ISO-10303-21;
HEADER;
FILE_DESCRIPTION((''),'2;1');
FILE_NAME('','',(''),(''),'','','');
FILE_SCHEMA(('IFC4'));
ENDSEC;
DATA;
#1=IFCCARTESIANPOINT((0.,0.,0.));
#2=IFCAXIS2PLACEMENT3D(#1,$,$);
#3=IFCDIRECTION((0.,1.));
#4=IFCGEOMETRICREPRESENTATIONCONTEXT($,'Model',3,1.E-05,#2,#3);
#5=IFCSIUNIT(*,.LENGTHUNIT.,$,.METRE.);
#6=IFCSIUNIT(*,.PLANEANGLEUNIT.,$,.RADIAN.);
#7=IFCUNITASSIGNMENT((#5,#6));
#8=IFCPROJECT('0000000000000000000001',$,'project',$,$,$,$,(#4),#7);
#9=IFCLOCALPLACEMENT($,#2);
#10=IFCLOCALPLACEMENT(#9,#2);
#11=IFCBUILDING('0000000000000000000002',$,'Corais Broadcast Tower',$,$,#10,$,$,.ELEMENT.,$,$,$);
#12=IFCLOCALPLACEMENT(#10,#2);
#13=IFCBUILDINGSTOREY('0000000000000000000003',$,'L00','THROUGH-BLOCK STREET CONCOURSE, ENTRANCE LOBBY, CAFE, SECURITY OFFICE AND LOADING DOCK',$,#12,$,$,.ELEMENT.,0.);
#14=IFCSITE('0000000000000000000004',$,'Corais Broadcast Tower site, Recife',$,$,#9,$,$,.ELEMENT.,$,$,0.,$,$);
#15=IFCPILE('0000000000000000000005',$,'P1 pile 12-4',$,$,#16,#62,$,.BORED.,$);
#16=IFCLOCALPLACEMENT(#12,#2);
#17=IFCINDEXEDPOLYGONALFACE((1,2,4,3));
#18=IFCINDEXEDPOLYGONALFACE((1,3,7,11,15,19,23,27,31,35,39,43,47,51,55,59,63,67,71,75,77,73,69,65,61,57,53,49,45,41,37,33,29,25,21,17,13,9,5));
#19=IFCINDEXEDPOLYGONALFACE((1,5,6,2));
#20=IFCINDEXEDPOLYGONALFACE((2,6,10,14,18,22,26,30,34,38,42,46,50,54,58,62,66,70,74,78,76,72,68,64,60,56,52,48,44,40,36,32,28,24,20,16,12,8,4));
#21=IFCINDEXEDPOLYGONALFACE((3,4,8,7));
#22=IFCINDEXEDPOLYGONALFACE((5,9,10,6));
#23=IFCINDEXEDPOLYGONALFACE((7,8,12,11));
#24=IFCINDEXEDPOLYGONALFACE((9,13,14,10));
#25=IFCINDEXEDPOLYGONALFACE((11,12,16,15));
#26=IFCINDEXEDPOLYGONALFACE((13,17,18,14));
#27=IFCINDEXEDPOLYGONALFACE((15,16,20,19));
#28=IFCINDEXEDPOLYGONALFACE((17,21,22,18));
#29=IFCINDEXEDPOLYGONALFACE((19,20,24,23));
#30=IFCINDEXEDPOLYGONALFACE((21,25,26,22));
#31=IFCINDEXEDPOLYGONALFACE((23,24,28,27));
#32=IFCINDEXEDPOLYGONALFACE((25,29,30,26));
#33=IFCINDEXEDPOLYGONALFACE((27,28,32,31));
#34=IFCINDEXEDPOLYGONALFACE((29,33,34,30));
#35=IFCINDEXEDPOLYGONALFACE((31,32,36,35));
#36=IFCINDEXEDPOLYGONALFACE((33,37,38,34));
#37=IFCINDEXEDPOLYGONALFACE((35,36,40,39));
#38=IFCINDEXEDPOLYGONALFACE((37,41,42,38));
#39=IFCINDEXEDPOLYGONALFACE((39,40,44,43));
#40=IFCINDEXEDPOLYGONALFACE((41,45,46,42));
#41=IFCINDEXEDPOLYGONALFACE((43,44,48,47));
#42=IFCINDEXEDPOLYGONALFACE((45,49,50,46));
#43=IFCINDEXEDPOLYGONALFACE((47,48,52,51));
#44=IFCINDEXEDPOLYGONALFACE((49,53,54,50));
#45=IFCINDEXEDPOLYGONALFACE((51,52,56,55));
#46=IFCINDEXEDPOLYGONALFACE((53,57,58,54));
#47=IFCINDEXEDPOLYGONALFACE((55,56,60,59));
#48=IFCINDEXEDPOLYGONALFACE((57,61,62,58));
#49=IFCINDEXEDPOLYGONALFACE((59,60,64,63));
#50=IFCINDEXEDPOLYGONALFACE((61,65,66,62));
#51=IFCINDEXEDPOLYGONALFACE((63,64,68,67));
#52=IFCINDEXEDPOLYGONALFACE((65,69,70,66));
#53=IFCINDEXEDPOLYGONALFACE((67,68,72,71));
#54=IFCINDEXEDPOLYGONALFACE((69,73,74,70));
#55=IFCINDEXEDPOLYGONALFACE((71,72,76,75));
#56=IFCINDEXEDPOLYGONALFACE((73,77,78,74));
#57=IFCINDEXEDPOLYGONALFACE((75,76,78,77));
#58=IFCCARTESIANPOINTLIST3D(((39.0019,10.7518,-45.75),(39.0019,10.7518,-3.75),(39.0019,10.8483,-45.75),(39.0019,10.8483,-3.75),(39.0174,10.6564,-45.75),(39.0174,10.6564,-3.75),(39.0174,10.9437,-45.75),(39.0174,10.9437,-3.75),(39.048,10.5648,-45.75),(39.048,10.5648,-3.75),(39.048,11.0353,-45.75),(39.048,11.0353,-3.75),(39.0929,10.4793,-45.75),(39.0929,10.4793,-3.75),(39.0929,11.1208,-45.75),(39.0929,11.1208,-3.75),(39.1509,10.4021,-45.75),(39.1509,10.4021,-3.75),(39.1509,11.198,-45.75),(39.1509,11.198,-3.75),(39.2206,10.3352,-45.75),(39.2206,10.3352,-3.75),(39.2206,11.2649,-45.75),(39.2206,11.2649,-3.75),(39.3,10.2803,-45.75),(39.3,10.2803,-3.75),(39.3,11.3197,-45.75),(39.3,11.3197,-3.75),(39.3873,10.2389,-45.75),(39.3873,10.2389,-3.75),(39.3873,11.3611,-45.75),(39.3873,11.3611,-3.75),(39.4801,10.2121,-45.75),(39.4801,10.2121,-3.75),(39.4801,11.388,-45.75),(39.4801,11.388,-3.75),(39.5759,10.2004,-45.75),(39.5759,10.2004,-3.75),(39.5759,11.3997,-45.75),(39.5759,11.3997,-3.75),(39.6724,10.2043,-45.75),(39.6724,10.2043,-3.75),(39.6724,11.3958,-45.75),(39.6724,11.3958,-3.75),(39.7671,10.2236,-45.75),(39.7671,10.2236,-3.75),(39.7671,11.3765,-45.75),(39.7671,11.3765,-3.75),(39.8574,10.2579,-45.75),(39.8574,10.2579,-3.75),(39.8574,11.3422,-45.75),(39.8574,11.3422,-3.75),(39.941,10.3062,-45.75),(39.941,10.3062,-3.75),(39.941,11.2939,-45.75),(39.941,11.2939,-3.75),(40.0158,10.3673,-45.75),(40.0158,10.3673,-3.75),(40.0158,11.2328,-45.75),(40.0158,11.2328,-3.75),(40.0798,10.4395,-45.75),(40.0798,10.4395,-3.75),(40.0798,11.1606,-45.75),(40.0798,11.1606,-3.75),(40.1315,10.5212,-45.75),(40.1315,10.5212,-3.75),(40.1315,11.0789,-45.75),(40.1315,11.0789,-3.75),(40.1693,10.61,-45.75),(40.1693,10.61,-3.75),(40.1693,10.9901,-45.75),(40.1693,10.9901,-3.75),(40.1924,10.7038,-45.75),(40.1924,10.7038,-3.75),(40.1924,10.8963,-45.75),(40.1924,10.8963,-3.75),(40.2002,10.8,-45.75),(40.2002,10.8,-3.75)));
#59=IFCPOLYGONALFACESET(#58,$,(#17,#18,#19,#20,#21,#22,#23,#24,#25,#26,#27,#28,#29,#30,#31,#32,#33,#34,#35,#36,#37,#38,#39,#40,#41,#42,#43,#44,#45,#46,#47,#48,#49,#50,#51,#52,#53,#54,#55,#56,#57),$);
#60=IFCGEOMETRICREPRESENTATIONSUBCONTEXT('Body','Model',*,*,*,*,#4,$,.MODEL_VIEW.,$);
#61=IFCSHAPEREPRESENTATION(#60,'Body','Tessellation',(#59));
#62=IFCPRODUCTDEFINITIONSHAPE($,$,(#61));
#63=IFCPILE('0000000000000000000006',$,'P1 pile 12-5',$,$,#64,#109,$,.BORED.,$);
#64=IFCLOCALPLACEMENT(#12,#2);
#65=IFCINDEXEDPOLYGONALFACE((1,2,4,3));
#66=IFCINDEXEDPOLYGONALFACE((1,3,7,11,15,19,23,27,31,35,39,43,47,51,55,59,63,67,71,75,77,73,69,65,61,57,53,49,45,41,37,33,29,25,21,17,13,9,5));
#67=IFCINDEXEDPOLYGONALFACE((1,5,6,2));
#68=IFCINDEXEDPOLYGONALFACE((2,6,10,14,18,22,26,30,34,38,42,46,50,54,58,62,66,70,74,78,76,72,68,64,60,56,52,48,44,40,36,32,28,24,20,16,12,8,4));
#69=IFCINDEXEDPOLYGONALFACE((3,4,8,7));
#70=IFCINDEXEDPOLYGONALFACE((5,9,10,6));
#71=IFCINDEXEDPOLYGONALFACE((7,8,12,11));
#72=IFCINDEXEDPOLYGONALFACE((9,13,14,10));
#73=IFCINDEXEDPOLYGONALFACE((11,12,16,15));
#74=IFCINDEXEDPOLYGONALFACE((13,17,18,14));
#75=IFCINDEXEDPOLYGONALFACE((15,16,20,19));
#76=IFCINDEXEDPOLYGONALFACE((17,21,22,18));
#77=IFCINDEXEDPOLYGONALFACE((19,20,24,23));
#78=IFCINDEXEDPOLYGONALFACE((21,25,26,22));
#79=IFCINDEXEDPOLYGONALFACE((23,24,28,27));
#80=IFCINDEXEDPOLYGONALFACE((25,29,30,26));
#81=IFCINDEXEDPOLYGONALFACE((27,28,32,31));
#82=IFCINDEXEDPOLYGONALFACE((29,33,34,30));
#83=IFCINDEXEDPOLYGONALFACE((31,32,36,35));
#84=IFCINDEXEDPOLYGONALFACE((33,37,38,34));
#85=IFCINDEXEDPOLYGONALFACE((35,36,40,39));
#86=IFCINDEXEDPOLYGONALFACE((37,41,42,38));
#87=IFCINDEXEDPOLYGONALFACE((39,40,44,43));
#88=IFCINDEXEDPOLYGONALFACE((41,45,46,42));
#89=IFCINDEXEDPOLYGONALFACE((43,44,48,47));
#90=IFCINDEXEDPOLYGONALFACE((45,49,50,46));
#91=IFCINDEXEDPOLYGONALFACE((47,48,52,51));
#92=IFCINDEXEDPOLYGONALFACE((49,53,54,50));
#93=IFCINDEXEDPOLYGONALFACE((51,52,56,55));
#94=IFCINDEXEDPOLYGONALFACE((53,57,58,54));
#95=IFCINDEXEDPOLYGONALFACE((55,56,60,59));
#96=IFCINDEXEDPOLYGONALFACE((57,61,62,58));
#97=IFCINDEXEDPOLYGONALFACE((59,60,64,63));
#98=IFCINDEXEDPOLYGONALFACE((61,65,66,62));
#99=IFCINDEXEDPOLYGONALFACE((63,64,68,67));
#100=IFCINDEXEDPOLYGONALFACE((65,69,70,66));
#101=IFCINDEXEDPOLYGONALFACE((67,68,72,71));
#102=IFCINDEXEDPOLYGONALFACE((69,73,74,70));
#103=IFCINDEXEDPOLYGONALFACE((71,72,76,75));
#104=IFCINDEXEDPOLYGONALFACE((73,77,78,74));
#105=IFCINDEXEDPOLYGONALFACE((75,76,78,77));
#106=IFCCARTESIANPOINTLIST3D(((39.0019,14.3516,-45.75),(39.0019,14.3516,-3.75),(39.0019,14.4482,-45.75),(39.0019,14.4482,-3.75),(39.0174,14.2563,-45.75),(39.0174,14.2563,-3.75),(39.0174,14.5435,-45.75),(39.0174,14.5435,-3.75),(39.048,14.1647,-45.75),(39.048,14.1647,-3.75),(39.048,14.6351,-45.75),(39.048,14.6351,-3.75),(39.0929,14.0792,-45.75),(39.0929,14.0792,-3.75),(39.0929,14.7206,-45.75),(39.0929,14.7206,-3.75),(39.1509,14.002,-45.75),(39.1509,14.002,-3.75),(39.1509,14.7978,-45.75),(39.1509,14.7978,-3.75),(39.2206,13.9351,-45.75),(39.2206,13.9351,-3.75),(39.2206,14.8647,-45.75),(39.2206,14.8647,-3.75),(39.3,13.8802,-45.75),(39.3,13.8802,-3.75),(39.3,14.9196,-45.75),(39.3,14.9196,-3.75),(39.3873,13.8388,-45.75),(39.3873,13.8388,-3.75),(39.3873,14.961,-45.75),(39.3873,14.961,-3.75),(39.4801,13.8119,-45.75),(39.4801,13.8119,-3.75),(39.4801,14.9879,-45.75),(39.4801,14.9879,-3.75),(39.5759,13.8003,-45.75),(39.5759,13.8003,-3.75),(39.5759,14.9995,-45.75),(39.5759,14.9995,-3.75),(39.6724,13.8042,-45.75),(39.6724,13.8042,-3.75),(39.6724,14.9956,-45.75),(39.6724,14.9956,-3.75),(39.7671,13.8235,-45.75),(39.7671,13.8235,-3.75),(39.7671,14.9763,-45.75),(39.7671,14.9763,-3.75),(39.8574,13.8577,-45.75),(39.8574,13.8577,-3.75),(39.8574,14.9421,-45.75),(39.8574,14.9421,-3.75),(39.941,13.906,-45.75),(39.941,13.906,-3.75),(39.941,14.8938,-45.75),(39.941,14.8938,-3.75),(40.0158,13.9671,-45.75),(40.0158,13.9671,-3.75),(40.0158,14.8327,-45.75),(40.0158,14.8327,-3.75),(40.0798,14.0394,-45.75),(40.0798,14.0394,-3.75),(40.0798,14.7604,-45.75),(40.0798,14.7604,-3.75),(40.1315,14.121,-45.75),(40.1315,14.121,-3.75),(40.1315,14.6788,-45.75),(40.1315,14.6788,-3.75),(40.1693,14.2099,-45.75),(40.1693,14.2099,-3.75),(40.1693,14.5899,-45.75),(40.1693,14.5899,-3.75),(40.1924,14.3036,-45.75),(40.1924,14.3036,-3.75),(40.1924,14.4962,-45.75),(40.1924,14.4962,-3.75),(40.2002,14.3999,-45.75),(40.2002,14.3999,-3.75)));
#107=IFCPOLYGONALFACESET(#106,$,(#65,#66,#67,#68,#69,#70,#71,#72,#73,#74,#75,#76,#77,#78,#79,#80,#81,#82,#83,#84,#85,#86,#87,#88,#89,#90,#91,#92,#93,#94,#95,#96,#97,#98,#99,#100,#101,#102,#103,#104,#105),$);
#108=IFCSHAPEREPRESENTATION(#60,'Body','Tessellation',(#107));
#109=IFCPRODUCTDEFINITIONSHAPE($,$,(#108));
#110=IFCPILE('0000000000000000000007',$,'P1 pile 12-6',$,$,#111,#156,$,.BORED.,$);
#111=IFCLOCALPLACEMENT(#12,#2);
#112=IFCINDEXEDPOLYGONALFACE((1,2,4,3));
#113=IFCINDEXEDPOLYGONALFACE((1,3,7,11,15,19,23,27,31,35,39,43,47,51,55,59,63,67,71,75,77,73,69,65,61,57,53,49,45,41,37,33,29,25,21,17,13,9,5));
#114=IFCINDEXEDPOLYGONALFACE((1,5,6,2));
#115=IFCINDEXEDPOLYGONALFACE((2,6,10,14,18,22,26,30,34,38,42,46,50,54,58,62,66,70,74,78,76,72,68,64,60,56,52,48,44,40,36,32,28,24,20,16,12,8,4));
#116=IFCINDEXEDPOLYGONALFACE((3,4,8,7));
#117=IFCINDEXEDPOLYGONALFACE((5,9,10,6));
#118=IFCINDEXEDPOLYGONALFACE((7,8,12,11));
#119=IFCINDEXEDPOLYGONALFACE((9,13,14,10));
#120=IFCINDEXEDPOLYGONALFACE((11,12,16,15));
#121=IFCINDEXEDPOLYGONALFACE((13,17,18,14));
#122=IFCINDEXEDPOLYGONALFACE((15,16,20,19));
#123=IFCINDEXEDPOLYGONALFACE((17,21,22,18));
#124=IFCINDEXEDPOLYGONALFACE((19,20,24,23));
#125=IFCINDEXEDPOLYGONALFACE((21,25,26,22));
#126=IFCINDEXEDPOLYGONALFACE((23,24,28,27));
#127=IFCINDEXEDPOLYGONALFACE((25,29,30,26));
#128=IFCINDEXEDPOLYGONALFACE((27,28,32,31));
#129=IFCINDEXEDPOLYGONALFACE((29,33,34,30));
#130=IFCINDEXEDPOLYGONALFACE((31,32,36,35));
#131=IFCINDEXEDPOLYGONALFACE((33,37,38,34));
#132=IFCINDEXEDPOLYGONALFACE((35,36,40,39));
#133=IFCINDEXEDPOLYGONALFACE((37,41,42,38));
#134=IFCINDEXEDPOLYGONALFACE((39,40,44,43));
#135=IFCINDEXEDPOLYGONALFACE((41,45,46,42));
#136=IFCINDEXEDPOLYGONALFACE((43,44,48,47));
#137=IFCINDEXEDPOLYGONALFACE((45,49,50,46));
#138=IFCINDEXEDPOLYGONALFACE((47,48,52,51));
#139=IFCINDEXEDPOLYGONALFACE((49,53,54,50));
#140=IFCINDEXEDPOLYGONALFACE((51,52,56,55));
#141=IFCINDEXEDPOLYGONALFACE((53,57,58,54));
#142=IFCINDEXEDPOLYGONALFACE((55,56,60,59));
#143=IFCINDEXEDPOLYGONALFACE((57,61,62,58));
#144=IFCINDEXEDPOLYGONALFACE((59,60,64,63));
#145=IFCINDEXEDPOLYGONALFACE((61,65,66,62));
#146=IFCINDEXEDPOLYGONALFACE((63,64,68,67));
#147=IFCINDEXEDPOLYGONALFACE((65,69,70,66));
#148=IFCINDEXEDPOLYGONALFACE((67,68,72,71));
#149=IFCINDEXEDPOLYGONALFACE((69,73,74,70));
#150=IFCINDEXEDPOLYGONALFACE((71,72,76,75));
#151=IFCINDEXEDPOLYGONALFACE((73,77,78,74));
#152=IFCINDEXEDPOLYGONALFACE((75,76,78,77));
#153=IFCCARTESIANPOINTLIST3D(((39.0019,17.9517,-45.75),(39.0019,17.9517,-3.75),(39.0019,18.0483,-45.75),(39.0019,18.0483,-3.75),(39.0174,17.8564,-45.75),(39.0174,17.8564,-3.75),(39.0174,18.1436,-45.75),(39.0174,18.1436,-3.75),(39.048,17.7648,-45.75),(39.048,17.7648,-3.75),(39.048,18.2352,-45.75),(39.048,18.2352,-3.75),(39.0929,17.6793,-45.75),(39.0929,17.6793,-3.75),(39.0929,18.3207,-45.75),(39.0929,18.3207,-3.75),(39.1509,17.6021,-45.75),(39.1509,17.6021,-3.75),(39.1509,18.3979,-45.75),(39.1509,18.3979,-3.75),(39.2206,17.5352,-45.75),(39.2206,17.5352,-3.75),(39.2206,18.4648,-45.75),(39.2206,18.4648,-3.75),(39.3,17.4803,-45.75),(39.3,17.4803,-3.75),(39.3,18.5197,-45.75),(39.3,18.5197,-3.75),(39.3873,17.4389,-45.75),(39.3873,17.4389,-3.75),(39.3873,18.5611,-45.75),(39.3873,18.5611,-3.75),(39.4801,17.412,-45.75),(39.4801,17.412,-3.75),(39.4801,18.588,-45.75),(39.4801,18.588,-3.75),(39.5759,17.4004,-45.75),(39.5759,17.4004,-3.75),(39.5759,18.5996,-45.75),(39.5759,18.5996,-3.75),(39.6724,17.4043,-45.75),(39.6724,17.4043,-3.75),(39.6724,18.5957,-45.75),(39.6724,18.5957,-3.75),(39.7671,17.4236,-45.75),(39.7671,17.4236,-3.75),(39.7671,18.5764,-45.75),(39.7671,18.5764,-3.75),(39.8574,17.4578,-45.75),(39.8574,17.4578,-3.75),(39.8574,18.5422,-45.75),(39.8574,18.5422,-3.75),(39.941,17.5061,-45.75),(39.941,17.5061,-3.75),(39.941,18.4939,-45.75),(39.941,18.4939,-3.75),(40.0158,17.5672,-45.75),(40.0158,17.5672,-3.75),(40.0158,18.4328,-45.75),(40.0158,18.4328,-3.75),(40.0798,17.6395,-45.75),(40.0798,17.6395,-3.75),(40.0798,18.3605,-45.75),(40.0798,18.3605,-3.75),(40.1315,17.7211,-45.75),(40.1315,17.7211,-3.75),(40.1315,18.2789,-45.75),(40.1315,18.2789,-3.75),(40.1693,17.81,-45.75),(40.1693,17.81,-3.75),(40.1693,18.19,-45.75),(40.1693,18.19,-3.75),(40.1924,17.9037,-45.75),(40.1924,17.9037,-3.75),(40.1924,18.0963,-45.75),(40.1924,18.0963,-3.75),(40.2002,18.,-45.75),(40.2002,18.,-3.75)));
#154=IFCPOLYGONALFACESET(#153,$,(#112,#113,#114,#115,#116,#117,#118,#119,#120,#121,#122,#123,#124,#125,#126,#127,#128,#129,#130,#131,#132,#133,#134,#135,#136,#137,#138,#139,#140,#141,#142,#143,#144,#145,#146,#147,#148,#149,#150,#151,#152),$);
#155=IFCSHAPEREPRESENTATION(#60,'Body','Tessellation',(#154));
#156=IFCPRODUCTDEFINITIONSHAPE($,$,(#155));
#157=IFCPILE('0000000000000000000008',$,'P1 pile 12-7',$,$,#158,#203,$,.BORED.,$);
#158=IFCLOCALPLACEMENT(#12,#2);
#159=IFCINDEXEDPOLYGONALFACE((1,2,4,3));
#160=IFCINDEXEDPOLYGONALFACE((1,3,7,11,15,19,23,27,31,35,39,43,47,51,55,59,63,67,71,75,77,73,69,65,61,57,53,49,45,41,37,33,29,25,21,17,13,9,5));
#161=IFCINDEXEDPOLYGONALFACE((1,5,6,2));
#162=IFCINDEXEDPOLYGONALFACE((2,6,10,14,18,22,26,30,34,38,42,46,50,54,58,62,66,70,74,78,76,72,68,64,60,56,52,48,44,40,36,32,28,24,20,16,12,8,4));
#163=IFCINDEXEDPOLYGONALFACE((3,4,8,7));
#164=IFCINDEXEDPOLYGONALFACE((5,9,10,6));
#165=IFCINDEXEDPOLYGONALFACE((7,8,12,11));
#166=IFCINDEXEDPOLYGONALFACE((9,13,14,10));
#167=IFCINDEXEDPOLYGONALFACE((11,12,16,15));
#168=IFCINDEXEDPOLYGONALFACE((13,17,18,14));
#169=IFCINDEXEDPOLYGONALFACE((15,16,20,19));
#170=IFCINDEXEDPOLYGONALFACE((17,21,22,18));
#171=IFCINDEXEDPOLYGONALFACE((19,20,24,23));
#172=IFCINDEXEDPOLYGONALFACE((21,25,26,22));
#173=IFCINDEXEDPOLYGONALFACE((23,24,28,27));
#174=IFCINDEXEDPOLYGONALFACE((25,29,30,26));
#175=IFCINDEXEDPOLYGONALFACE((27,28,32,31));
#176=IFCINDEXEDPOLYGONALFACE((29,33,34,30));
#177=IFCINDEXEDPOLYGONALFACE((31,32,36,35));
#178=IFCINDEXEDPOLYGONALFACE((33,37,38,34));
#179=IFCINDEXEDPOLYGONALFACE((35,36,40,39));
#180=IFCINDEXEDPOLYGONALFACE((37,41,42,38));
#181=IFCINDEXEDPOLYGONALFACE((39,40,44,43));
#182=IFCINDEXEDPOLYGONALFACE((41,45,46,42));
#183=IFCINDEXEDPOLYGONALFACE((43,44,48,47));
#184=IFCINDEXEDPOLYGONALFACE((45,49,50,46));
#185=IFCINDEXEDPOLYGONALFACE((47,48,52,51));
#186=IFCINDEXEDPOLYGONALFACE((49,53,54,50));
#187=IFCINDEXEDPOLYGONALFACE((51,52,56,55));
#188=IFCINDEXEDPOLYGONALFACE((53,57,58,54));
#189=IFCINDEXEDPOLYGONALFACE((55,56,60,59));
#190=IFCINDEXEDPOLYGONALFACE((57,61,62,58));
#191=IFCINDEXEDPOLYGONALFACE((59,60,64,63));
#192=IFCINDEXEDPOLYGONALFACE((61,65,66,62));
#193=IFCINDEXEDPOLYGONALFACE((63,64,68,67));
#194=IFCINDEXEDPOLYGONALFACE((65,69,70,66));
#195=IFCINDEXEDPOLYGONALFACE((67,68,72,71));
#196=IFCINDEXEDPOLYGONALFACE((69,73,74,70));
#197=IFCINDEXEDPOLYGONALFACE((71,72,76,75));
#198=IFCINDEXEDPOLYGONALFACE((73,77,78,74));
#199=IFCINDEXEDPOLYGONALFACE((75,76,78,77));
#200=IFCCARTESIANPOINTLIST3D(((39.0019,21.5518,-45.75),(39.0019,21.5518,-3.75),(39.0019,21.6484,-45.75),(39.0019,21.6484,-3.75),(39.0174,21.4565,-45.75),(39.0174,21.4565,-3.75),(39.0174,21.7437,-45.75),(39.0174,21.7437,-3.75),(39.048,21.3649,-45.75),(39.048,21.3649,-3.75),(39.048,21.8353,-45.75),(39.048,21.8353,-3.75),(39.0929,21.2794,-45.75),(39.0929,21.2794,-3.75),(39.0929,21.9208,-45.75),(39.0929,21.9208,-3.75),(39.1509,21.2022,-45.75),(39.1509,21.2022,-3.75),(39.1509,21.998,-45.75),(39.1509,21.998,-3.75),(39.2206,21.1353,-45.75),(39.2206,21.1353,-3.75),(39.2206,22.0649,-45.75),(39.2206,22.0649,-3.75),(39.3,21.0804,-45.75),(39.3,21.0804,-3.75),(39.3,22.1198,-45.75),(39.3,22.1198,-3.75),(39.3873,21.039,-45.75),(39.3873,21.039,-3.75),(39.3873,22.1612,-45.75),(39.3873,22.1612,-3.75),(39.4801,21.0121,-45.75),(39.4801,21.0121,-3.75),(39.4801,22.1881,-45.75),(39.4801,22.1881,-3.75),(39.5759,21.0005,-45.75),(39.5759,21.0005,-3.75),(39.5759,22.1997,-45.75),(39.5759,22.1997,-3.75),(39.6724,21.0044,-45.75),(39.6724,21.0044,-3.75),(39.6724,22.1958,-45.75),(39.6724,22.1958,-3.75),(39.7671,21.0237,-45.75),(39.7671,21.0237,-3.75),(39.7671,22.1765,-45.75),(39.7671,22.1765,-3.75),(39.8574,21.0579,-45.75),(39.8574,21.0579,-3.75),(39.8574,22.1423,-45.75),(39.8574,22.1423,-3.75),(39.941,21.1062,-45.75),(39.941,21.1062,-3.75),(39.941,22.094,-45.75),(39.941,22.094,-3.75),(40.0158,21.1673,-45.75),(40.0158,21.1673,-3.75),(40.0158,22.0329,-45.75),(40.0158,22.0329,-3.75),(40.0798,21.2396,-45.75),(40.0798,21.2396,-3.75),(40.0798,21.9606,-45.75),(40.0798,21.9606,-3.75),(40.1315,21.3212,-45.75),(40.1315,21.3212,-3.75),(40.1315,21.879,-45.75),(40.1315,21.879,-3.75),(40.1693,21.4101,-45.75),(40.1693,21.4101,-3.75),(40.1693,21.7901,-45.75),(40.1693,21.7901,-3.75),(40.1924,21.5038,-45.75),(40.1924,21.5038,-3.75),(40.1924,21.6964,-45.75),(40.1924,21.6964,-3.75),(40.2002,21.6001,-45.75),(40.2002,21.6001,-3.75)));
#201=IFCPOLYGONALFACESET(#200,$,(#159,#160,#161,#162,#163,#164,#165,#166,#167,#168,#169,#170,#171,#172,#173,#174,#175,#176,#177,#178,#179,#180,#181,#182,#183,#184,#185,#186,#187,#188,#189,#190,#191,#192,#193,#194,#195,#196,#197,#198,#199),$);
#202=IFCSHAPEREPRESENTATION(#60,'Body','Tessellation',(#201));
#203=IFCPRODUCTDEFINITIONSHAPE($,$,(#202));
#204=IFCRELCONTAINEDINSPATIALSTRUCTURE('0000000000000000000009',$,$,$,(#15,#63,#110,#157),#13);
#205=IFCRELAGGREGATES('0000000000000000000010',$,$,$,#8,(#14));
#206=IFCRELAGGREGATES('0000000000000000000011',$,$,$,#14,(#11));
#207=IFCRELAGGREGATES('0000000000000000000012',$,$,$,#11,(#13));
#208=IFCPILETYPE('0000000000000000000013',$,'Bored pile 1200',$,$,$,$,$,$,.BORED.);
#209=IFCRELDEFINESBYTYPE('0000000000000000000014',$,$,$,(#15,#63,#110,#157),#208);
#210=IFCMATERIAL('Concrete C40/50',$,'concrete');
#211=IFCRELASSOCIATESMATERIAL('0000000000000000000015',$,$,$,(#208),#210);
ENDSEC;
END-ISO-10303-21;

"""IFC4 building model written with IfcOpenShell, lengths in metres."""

from ifc_helpers import new_model, si_unit, direction, frame, origin, origin_2d, place, context, subcontext, project, spatial, circle, extrude, material, type_object, element, save


model = new_model("IFC4")

# Units and contexts
model_context = context("Model", 3, precision=1e-05, world=origin(), true_north=direction((0.0, 1.0)))
body_context = subcontext(model_context, "Body", "Model", "MODEL_VIEW")
ifc_project = project(units=[si_unit("LENGTHUNIT", "METRE"), si_unit("PLANEANGLEUNIT", "RADIAN")], contexts=[model_context])

# Site, building, storey
site_placement = place(None, origin())
site = spatial("IfcSite", under=ifc_project, at=site_placement, Name="Corais Broadcast Tower site, Recife", CompositionType="ELEMENT", RefElevation=0.0)
building_placement = place(site_placement, origin())
building = spatial("IfcBuilding", under=site, at=building_placement, Name="Corais Broadcast Tower", CompositionType="ELEMENT")
storey_placement = place(building_placement, origin())
storey = spatial("IfcBuildingStorey", under=building, at=storey_placement, Name="L00", Description="THROUGH-BLOCK STREET CONCOURSE, ENTRANCE LOBBY, CAFE, SECURITY OFFICE AND LOADING DOCK", CompositionType="ELEMENT", Elevation=0.0)

# Piles
ifc_material_1 = material(Name="Concrete C40/50", Category="concrete")
pile_type = type_object("IfcPileType", Name="Bored pile 1200", PredefinedType="BORED", material=ifc_material_1)
for number, where, z_axis, x_axis, name in (
    (1, (39.6001, 10.8, -3.75), (0.0, 0.0, -1.0), (1.0, 0.0, 0.0), "P1 pile 12-4"),
    (2, (39.6001, 14.3999, -3.75), (0.0, 0.0, -1.0), (1.0, 0.0, 0.0), "P1 pile 12-5"),
    (3, (39.6001, 18.0, -3.75), (0.0, 0.0, -1.0), (1.0, 0.0, 0.0), "P1 pile 12-6"),
    (4, (39.6001, 21.6001, -3.75), (0.0, 0.0, -1.0), (1.0, 0.0, 0.0), "P1 pile 12-7"),
):
    element("IfcPile", number, at=place(storey_placement, frame(where, z_axis=z_axis, x_axis=x_axis)), inside=storey, type_object=pile_type, Name=name, PredefinedType="BORED", context=body_context, shape_type="SweptSolid", body=[
        extrude(circle(Radius=0.6001, at=origin_2d()), origin(), (0.0, 0.0, 1.0), 42.0),
    ])

save(model, "model.ifc")
